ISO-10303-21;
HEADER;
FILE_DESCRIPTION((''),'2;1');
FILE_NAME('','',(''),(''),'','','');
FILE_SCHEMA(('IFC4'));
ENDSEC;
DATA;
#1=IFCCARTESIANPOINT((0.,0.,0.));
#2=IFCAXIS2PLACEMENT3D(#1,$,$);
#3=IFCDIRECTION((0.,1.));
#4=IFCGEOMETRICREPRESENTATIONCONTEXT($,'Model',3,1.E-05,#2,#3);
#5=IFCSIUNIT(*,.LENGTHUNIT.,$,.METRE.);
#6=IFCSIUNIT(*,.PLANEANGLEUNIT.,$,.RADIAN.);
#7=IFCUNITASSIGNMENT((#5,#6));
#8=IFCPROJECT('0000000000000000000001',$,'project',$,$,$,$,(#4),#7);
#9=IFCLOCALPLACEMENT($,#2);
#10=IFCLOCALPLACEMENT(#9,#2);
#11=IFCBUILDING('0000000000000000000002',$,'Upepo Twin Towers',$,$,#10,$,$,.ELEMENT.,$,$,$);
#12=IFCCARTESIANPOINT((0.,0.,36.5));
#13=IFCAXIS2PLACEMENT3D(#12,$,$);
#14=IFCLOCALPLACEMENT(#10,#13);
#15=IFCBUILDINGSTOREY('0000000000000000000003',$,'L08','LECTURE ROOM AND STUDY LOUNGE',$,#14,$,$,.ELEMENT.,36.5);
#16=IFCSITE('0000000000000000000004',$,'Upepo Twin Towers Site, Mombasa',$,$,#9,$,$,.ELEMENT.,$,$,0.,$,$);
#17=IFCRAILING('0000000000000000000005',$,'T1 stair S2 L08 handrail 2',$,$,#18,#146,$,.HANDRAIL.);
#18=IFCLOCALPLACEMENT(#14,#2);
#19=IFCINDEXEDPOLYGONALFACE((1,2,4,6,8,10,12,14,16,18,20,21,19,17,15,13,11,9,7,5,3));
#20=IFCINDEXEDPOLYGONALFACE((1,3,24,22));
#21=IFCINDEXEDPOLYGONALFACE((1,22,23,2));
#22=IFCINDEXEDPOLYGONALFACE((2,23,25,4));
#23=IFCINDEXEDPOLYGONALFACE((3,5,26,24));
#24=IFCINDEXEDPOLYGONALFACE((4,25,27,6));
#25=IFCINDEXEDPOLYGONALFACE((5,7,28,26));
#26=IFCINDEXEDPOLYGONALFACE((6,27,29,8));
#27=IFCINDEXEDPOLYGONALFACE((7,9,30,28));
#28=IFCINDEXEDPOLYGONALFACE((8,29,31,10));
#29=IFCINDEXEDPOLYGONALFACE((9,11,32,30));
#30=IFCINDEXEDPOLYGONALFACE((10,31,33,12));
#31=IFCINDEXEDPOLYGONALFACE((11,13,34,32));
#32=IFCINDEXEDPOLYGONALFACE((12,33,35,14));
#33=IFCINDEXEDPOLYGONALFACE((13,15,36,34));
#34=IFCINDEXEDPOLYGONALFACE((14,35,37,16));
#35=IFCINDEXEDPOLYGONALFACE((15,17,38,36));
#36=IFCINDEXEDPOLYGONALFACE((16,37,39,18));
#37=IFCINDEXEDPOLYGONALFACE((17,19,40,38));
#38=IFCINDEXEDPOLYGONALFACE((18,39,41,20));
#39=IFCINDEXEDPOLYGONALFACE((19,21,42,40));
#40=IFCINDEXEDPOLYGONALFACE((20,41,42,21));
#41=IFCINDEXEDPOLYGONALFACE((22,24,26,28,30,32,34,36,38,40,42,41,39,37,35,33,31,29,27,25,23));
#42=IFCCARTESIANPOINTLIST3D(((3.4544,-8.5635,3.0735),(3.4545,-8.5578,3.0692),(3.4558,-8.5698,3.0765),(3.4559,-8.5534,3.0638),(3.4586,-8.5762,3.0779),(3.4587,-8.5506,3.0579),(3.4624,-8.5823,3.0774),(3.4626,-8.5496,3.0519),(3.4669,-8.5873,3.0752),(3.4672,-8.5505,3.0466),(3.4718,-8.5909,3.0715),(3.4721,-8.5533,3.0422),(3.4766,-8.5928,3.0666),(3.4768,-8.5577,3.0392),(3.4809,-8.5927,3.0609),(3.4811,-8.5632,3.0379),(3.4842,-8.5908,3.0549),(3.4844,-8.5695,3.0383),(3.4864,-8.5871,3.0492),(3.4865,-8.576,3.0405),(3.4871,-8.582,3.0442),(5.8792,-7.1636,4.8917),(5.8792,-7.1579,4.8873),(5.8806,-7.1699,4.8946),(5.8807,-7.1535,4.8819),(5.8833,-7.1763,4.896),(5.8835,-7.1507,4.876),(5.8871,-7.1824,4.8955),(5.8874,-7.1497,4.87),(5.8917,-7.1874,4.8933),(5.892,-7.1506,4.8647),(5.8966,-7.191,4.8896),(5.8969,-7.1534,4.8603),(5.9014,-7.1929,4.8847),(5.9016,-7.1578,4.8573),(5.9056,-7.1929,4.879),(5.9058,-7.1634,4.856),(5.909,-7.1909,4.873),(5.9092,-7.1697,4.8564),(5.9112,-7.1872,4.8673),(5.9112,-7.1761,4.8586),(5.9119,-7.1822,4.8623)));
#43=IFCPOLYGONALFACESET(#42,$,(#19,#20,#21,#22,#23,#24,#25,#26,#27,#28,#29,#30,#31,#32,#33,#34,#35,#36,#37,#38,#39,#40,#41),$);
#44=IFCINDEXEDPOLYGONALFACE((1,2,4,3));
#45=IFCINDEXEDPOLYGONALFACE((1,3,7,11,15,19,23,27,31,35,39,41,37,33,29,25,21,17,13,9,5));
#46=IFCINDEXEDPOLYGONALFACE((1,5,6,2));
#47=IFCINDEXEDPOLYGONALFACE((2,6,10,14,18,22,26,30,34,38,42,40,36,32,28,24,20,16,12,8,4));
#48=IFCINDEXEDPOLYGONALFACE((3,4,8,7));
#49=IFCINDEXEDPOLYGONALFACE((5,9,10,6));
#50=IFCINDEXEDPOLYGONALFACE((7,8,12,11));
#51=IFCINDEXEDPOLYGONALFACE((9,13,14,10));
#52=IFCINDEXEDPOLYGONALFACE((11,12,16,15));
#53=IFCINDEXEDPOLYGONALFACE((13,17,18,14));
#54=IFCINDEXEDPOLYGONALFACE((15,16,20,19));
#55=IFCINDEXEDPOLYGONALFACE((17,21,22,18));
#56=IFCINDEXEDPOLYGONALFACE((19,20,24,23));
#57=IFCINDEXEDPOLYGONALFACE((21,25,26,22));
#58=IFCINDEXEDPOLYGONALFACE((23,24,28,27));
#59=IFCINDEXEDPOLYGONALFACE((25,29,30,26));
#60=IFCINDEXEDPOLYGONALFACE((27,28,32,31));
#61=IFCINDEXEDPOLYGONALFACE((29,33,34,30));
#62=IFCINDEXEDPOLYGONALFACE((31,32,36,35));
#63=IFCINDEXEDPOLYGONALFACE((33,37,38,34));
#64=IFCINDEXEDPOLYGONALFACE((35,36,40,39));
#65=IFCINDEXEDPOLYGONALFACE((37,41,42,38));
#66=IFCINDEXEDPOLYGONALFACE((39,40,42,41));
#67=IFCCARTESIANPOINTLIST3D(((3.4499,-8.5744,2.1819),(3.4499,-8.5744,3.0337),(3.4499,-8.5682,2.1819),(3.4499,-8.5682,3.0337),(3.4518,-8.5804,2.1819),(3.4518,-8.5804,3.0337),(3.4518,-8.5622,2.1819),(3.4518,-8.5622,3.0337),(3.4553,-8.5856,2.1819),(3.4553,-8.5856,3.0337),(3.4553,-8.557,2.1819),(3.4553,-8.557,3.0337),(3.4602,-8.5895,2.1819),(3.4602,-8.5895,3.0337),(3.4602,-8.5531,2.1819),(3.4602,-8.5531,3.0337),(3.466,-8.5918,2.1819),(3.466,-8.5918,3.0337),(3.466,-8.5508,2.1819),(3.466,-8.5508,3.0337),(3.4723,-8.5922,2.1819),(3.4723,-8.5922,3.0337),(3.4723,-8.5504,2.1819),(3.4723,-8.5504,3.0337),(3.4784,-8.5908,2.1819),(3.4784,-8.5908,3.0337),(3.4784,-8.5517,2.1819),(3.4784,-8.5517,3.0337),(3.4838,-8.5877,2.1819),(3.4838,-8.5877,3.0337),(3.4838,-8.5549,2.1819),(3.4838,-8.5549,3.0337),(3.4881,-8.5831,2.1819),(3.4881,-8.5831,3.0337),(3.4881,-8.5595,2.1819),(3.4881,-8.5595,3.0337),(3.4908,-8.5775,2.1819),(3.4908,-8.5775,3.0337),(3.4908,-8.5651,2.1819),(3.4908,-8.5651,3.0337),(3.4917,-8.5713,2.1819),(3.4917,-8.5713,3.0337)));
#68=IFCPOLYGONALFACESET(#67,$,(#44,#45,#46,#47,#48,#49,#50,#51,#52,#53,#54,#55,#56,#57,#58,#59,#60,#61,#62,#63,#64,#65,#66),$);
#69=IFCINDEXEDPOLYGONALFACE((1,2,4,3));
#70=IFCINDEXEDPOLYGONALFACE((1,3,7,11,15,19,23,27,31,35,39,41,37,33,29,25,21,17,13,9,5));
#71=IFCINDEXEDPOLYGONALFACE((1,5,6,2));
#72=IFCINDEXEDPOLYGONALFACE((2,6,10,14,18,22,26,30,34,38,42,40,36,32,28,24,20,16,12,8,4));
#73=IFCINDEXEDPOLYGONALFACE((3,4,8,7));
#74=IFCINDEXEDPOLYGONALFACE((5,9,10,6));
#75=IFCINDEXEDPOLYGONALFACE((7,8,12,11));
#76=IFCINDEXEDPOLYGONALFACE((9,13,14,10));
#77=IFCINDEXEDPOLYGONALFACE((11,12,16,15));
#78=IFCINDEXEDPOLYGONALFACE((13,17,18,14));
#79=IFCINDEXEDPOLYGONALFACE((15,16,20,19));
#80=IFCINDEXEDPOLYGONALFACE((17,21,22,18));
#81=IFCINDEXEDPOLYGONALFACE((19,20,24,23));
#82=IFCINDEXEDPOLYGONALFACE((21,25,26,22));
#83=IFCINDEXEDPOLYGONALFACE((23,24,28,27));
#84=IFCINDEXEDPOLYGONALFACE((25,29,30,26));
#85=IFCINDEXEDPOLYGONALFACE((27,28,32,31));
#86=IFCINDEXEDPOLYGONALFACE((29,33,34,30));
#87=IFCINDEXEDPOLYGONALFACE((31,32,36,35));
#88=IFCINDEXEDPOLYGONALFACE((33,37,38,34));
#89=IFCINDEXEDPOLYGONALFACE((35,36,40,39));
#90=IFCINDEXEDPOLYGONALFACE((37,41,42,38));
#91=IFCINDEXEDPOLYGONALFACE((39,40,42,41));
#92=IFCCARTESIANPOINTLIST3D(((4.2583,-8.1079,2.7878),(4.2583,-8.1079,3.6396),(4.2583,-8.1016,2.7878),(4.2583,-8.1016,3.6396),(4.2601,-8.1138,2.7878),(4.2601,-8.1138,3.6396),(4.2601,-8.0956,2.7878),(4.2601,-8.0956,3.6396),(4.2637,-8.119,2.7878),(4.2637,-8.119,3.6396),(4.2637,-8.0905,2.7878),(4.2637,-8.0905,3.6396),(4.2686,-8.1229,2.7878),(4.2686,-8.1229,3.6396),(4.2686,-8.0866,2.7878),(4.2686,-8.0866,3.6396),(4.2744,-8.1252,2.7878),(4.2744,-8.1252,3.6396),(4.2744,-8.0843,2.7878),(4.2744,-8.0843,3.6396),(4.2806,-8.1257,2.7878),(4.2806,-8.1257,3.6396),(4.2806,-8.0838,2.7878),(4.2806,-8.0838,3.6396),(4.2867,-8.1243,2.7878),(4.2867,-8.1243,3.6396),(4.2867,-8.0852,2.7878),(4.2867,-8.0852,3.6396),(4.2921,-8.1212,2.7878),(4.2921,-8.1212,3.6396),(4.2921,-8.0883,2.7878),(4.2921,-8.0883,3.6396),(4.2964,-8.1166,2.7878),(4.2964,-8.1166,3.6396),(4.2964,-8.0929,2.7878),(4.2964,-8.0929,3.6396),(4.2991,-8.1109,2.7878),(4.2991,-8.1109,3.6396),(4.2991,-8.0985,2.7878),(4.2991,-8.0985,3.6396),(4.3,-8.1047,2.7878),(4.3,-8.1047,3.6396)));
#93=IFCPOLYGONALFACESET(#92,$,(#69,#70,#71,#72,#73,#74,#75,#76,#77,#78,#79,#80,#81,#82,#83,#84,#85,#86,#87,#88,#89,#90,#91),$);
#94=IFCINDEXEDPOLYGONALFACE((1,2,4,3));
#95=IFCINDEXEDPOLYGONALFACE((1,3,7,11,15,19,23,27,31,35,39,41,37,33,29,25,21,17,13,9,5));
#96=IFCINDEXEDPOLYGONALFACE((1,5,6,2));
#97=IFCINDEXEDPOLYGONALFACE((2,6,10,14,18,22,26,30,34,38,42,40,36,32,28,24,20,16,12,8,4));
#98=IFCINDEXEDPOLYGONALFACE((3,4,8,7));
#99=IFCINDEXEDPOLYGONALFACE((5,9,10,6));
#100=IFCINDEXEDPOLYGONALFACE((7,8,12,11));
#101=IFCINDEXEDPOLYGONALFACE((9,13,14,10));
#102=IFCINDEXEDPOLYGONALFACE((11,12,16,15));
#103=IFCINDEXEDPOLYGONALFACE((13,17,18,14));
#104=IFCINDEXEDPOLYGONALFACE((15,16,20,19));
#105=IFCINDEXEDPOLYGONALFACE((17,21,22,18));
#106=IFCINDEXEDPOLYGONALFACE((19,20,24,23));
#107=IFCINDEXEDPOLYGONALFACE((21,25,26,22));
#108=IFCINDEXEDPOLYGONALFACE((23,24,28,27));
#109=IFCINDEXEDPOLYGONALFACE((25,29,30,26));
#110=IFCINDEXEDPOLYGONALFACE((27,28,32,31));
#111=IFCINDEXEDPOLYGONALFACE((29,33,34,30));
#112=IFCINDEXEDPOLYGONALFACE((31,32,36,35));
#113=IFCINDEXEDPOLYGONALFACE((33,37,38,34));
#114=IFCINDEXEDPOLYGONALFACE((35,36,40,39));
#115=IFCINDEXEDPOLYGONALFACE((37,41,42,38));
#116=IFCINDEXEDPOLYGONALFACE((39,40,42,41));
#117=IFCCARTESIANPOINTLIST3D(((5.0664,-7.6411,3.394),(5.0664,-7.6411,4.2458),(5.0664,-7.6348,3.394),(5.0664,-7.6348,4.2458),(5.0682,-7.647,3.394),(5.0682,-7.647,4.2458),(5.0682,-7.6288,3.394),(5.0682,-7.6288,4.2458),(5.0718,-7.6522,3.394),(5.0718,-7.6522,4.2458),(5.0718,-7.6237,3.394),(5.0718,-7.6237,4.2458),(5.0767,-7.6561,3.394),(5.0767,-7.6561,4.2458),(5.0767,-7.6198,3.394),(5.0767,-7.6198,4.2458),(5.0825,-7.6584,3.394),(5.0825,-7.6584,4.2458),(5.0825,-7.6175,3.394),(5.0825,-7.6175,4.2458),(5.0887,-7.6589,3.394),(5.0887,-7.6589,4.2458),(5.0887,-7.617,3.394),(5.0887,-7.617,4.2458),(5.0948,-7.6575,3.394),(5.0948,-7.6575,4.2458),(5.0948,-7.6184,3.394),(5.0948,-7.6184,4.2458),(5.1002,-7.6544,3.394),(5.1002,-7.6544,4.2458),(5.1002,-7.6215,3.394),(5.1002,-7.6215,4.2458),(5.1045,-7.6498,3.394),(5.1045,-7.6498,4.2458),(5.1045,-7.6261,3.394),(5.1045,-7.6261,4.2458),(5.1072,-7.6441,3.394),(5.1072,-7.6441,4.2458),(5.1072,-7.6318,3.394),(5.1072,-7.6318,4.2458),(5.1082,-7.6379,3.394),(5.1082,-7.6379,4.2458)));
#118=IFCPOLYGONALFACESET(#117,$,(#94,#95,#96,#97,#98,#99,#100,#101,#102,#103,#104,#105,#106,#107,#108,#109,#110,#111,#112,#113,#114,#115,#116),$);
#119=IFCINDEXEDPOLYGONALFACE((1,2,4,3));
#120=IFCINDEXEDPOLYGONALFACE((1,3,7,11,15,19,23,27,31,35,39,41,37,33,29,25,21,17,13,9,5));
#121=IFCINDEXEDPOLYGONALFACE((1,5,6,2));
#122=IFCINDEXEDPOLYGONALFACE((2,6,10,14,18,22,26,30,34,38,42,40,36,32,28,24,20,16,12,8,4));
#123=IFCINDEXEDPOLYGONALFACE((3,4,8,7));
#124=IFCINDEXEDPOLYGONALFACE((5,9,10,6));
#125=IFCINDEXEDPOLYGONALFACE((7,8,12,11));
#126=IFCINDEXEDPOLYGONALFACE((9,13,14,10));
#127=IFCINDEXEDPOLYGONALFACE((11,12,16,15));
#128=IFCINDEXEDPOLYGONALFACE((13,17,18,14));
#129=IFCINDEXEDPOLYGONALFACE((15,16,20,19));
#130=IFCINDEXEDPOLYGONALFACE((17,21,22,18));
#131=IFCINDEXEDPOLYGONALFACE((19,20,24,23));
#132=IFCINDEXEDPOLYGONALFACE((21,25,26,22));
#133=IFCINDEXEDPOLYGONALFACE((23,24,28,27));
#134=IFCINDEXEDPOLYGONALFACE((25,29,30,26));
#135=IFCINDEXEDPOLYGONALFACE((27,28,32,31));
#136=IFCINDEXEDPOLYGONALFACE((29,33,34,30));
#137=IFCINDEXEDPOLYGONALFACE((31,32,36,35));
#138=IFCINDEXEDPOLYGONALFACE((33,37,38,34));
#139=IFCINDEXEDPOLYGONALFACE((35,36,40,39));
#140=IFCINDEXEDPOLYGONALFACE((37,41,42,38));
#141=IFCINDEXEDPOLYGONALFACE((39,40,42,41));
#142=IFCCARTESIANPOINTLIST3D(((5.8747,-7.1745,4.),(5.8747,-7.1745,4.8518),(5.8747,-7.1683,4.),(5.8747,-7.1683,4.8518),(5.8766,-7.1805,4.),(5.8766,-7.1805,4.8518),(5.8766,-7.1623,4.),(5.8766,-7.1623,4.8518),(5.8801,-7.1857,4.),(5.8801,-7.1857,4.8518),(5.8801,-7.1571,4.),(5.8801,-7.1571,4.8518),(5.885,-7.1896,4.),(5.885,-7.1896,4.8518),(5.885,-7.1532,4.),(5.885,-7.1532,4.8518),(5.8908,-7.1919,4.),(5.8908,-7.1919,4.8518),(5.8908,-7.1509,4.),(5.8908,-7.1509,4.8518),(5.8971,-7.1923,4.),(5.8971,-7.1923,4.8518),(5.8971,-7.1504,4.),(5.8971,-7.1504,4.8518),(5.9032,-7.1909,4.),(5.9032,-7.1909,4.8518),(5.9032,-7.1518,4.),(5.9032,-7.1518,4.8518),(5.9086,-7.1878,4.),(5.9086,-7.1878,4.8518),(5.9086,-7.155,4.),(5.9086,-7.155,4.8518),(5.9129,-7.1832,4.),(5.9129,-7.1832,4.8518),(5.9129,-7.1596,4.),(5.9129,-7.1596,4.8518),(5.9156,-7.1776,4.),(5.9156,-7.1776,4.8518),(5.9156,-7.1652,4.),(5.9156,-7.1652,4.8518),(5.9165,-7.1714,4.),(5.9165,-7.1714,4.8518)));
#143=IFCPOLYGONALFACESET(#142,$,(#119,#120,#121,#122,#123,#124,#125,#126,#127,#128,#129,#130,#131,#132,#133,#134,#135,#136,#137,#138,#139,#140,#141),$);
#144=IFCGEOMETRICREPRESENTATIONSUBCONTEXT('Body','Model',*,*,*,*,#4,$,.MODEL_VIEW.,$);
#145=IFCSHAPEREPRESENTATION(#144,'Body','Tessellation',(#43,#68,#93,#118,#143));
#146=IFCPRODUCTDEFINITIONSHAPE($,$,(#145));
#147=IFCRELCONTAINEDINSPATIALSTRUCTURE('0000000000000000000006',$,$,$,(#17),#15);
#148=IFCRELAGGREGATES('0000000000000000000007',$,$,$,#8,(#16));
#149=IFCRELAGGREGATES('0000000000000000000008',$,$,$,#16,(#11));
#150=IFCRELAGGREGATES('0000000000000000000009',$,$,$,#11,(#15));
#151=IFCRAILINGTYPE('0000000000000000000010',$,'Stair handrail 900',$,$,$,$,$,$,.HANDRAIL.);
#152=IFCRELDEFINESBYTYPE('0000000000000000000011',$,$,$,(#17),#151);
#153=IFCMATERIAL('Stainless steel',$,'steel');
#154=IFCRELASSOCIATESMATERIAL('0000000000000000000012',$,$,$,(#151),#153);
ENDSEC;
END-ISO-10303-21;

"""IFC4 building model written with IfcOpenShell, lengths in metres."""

from ifc_helpers import new_model, si_unit, direction, frame, origin, origin_2d, place, context, subcontext, project, spatial, circle, extrude, material, type_object, element, save


model = new_model("IFC4")

# Units and contexts
model_context = context("Model", 3, precision=1e-05, world=origin(), true_north=direction((0.0, 1.0)))
body_context = subcontext(model_context, "Body", "Model", "MODEL_VIEW")
ifc_project = project(units=[si_unit("LENGTHUNIT", "METRE"), si_unit("PLANEANGLEUNIT", "RADIAN")], contexts=[model_context])

# Site, building, storey
site_placement = place(None, origin())
site = spatial("IfcSite", under=ifc_project, at=site_placement, Name="Upepo Twin Towers Site, Mombasa", CompositionType="ELEMENT", RefElevation=0.0)
building_placement = place(site_placement, origin())
building = spatial("IfcBuilding", under=site, at=building_placement, Name="Upepo Twin Towers", CompositionType="ELEMENT")
storey_placement = place(building_placement, frame((0.0, 0.0, 36.5)))
storey = spatial("IfcBuildingStorey", under=building, at=storey_placement, Name="L08", Description="LECTURE ROOM AND STUDY LOUNGE", CompositionType="ELEMENT", Elevation=36.5)

# Railing
ifc_material_1 = material(Name="Stainless steel", Category="steel")
railing_type = type_object("IfcRailingType", Name="Stair handrail 900", PredefinedType="HANDRAIL", material=ifc_material_1)
railing_1_placement = place(storey_placement, frame((3.4707, -8.5713, 2.1819)))
element("IfcRailing", 1, at=railing_1_placement, inside=storey, type_object=railing_type, Name="T1 stair S2 L08 handrail 2", PredefinedType="HANDRAIL", context=body_context, shape_type="SweptSolid", body=[
    extrude(circle(Radius=0.0239, at=origin_2d()), frame((0.0, 0.0, 0.876), z_axis=(0.726336, 0.419333, 0.544606), x_axis=(-0.499984, 0.866035, 0.0)), (0.0, 0.0, 1.0), 3.3384),
    extrude(circle(Radius=0.021, at=origin_2d()), origin(), (0.0, 0.0, 1.0), 0.8518),
    extrude(circle(Radius=0.021, at=origin_2d()), frame((0.8083, 0.4666, 0.606)), (0.0, 0.0, 1.0), 0.8518),
    extrude(circle(Radius=0.021, at=origin_2d()), frame((1.6165, 0.9333, 1.2122)), (0.0, 0.0, 1.0), 0.8518),
    extrude(circle(Radius=0.021, at=origin_2d()), frame((2.4248, 1.3999, 1.8181)), (0.0, 0.0, 1.0), 0.8518),
])

save(model, "model.ifc")
